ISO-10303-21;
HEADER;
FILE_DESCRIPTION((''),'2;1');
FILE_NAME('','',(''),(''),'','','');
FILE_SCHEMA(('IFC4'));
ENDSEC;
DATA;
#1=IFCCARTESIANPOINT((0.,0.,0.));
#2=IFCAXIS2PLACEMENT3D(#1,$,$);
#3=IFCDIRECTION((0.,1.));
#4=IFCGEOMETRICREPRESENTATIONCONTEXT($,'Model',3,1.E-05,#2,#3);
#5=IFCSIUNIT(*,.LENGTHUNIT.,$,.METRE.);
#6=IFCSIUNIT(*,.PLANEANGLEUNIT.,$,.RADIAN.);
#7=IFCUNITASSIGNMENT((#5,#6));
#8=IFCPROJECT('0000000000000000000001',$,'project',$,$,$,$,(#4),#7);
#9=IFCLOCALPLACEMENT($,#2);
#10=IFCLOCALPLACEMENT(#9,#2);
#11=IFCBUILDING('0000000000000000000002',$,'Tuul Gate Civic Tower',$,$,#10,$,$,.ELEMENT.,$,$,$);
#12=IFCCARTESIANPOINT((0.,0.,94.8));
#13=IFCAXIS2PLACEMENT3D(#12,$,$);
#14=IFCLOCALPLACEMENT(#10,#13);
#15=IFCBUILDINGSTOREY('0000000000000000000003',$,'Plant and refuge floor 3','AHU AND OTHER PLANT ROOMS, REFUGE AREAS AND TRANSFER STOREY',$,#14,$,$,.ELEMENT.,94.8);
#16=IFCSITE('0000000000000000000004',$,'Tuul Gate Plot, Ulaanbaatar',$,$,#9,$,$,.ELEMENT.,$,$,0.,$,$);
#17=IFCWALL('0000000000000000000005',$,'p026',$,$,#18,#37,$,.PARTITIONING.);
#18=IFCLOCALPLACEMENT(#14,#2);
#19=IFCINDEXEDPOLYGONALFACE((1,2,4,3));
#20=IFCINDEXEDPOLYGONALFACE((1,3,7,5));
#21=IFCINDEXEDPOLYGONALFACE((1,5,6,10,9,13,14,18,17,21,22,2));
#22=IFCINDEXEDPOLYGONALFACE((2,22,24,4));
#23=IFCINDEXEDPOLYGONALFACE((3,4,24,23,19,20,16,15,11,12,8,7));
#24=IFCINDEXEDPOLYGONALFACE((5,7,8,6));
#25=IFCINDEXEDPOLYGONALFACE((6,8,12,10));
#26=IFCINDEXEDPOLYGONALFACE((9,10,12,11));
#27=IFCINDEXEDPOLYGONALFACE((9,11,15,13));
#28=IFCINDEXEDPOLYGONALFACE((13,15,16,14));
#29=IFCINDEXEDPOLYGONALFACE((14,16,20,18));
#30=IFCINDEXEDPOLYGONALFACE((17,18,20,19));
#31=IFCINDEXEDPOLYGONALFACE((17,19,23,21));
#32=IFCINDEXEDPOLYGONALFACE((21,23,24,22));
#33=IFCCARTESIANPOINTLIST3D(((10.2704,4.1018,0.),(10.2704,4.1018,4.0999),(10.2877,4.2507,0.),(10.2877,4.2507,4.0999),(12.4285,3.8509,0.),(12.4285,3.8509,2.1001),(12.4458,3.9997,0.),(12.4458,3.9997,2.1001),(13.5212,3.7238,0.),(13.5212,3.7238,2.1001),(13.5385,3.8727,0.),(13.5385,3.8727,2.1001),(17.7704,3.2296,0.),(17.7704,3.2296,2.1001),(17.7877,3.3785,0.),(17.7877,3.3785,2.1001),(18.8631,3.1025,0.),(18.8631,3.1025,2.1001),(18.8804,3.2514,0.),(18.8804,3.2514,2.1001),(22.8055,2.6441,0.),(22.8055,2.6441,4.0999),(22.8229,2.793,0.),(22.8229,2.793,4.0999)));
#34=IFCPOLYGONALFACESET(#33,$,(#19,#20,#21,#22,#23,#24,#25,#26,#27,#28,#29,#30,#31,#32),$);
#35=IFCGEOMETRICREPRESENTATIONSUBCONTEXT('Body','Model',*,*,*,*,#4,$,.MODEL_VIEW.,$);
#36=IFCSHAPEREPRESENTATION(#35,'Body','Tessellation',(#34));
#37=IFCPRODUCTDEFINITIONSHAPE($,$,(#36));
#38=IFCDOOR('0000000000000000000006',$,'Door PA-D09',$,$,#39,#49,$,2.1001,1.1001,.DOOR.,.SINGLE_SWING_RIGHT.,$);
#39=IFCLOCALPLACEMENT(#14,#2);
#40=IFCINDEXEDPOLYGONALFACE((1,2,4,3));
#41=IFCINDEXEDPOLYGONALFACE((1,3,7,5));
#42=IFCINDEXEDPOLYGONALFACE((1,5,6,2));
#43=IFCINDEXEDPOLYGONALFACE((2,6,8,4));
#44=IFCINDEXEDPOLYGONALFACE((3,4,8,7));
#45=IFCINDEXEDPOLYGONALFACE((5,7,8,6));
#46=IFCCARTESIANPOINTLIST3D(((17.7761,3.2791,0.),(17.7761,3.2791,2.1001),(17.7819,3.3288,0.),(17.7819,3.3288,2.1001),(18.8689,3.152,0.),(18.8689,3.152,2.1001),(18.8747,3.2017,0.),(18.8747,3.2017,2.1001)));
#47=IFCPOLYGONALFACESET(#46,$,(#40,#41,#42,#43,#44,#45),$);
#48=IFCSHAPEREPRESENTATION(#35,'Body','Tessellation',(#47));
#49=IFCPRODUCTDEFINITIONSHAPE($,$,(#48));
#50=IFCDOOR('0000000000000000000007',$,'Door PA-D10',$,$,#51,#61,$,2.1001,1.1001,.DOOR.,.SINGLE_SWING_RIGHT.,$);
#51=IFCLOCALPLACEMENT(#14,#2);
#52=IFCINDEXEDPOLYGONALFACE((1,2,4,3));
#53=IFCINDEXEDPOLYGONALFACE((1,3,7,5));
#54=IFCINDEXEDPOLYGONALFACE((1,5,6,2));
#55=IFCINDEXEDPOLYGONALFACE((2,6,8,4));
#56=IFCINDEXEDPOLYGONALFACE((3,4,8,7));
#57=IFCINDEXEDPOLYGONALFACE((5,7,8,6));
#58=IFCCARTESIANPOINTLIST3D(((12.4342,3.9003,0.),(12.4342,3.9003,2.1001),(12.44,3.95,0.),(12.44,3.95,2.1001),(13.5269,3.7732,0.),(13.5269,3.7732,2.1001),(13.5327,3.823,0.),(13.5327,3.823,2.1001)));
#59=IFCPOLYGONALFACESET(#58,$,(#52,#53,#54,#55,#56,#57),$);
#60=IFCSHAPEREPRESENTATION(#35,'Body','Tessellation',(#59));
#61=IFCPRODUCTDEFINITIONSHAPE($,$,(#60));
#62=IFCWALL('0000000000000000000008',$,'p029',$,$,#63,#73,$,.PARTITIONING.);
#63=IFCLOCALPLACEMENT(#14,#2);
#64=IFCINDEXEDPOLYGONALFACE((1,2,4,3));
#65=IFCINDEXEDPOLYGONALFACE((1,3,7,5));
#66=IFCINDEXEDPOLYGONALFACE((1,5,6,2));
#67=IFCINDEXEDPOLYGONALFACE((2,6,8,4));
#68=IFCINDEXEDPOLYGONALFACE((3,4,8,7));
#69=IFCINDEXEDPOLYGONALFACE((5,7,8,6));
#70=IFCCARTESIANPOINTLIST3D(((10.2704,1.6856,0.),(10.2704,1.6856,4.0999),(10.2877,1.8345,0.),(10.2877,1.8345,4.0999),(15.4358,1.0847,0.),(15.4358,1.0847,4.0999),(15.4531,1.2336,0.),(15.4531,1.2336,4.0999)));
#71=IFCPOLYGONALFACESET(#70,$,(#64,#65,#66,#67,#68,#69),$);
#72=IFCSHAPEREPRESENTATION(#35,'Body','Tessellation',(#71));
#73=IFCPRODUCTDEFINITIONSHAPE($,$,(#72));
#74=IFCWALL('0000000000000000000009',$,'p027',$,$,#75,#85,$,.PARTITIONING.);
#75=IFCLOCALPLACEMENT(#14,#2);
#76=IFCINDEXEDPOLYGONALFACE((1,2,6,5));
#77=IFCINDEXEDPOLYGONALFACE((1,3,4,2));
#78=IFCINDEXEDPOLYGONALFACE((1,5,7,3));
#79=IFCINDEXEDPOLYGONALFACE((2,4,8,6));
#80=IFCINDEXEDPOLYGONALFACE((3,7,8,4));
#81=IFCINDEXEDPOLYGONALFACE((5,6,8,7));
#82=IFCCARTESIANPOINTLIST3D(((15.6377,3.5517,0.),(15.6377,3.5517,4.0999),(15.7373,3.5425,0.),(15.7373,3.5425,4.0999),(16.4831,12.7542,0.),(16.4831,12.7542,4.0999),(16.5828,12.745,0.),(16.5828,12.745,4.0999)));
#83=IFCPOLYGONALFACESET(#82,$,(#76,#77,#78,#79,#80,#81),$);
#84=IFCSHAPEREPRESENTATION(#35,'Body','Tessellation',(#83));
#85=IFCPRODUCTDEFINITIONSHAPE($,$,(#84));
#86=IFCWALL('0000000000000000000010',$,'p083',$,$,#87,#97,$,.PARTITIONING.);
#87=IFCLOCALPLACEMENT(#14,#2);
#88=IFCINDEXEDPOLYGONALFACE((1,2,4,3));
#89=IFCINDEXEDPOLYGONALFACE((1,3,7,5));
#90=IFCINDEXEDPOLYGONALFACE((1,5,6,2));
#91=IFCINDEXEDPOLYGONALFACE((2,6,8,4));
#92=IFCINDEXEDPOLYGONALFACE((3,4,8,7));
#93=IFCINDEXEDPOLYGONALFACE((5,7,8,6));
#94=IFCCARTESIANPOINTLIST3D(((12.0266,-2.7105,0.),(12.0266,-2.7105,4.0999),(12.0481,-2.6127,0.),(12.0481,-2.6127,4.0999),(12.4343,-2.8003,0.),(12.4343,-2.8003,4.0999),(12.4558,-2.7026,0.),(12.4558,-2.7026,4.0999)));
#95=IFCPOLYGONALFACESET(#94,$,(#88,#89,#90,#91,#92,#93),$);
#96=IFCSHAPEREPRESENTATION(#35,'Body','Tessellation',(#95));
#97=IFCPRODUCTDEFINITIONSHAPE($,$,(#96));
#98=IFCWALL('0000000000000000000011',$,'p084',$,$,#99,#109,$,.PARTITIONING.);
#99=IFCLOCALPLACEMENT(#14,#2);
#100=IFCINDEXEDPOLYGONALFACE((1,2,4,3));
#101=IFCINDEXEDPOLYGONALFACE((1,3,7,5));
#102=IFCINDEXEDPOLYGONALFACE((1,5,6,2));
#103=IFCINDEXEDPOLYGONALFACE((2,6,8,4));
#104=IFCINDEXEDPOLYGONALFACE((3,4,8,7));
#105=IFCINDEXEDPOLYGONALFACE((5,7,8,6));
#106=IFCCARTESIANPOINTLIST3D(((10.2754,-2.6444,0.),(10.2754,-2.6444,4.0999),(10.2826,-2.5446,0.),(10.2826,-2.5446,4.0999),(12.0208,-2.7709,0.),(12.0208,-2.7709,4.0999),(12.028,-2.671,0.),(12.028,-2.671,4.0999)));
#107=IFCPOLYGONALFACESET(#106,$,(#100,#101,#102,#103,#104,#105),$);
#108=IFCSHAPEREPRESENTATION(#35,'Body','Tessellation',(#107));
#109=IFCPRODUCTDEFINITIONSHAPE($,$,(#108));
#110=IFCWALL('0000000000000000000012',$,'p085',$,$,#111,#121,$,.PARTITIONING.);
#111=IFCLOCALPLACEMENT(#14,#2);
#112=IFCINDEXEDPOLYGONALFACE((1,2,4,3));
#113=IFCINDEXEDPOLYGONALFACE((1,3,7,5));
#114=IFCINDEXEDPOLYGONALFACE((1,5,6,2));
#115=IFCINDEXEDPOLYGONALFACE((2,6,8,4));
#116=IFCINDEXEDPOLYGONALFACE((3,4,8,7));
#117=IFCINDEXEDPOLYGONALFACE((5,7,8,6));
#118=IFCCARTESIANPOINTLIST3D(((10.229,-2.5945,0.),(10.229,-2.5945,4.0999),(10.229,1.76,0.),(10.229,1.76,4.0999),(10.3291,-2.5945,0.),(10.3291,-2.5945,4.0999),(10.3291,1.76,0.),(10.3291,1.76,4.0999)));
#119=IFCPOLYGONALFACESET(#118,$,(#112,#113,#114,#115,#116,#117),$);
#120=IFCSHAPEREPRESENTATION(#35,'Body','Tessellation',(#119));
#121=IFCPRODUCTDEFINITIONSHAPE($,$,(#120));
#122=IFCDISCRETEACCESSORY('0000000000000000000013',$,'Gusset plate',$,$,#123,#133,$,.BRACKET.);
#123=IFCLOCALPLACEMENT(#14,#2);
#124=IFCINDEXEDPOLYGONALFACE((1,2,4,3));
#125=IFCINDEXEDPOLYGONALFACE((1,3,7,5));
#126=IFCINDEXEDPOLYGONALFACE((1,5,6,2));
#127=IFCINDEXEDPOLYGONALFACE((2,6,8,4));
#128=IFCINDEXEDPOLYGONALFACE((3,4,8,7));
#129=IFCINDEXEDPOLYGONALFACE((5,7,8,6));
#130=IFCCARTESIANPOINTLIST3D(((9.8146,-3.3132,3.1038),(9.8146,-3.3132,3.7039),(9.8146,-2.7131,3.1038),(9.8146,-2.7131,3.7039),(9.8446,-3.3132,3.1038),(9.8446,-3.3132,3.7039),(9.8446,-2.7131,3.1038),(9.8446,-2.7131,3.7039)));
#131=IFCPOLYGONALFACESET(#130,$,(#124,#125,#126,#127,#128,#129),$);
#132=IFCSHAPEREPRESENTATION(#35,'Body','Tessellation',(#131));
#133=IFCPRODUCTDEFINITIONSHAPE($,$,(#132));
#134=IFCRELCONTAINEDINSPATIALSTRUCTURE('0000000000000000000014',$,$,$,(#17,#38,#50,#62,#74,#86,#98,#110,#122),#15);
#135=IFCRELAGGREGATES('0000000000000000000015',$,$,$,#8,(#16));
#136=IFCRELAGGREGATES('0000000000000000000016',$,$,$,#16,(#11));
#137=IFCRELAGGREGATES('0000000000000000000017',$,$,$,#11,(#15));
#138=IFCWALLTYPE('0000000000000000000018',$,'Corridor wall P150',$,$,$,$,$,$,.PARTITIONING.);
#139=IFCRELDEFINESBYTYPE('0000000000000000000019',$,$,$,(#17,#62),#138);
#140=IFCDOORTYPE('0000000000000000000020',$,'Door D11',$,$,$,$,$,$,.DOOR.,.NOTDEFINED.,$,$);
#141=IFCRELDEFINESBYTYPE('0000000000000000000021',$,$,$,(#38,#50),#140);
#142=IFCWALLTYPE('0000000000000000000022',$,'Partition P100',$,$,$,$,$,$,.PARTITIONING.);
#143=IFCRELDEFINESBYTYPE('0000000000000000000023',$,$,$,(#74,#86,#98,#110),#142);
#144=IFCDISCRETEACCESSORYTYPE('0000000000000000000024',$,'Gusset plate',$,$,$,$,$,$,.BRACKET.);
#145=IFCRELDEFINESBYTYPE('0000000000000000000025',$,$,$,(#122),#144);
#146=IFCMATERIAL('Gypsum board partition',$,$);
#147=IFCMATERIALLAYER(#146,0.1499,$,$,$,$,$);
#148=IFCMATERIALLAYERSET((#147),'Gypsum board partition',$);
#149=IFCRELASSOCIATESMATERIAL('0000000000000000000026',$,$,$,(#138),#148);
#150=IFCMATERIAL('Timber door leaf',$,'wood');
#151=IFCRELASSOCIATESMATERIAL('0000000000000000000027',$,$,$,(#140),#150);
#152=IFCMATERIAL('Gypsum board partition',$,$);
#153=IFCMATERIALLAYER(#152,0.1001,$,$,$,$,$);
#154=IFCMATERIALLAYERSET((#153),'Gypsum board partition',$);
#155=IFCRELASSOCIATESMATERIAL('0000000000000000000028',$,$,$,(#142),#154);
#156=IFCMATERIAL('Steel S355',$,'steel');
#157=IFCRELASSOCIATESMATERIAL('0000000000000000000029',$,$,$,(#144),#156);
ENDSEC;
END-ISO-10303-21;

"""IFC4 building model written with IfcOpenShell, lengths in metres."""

from ifc_helpers import new_model, si_unit, direction, frame, frame_2d, origin, origin_2d, place, context, subcontext, project, spatial, rectangle, extrude, material, layer, layer_set, type_object, element, fill, save


model = new_model("IFC4")

# Units and contexts
model_context = context("Model", 3, precision=1e-05, world=origin(), true_north=direction((0.0, 1.0)))
body_context = subcontext(model_context, "Body", "Model", "MODEL_VIEW")
ifc_project = project(units=[si_unit("LENGTHUNIT", "METRE"), si_unit("PLANEANGLEUNIT", "RADIAN")], contexts=[model_context])

# Site, building, storey
site_placement = place(None, origin())
site = spatial("IfcSite", under=ifc_project, at=site_placement, Name="Tuul Gate Plot, Ulaanbaatar", CompositionType="ELEMENT", RefElevation=0.0)
building_placement = place(site_placement, origin())
building = spatial("IfcBuilding", under=site, at=building_placement, Name="Tuul Gate Civic Tower", CompositionType="ELEMENT")
storey_placement = place(building_placement, frame((0.0, 0.0, 94.8)))
storey = spatial("IfcBuildingStorey", under=building, at=storey_placement, Name="Plant and refuge floor 3", Description="AHU AND OTHER PLANT ROOMS, REFUGE AREAS AND TRANSFER STOREY", CompositionType="ELEMENT", Elevation=94.8)

# Shared definitions
ifc_material_1 = material(Name="Gypsum board partition")
ifc_layer_1 = layer(ifc_material_1, 0.1499)
ifc_layer_set_1 = layer_set([ifc_layer_1], Name="Gypsum board partition")
wall_type_1 = type_object("IfcWallType", Name="Corridor wall P150", PredefinedType="PARTITIONING", material=ifc_layer_set_1)
ifc_material_2 = material(Name="Timber door leaf", Category="wood")
door_type = type_object("IfcDoorType", Name="Door D11", OperationType="NOTDEFINED", PredefinedType="DOOR", material=ifc_material_2)

# Wall, openings, doors
wall_1_placement = place(storey_placement, frame((10.2791, 4.1763, 0.0), z_axis=(0.0, 0.0, 1.0), x_axis=(0.993306, -0.115516, 0.0)))
wall_1 = element("IfcWall", 1, at=wall_1_placement, inside=storey, type_object=wall_type_1, Name="p026", PredefinedType="PARTITIONING", context=body_context, shape_type="SweptSolid", body=[
    extrude(rectangle(XDim=12.6196, YDim=0.1499, at=frame_2d((6.3098, 0.0))), origin(), (0.0, 0.0, 1.0), 4.0999),
])
opening_1_placement = place(wall_1_placement, frame((7.5505, 0.0, 0.0)))
opening_1 = element("IfcOpeningElement", 2, at=opening_1_placement, cuts=wall_1, PredefinedType="OPENING", context=body_context, shape_type="SweptSolid", body=[
    extrude(rectangle(XDim=1.1001, YDim=2.1001, at=frame_2d((0.55, 1.05))), frame((0.0, 0.085, 0.0), z_axis=(0.0, -1.0, 0.0), x_axis=(1.0, 0.0, 0.0)), (0.0, 0.0, 1.0), 0.1699),
])
opening_2_placement = place(wall_1_placement, frame((2.1726, 0.0, 0.0)))
opening_2 = element("IfcOpeningElement", 3, at=opening_2_placement, cuts=wall_1, PredefinedType="OPENING", context=body_context, shape_type="SweptSolid", body=[
    extrude(rectangle(XDim=1.1001, YDim=2.1001, at=frame_2d((0.55, 1.05))), frame((0.0, 0.085, 0.0), z_axis=(0.0, -1.0, 0.0), x_axis=(1.0, 0.0, 0.0)), (0.0, 0.0, 1.0), 0.1699),
])
door_1_placement = place(opening_1_placement, origin())
door_1 = element("IfcDoor", 4, at=door_1_placement, inside=storey, type_object=door_type, Name="Door PA-D09", OperationType="SINGLE_SWING_RIGHT", OverallHeight=2.1001, OverallWidth=1.1001, PredefinedType="DOOR", context=body_context, shape_type="SweptSolid", body=[
    extrude(rectangle(XDim=1.1001, YDim=2.1001, at=frame_2d((0.55, 1.05))), frame((0.0, 0.0249, 0.0), z_axis=(0.0, -1.0, 0.0), x_axis=(1.0, 0.0, 0.0)), (0.0, 0.0, 1.0), 0.05),
])
fill(opening_1, door_1)
door_2_placement = place(opening_2_placement, origin())
door_2 = element("IfcDoor", 5, at=door_2_placement, inside=storey, type_object=door_type, Name="Door PA-D10", OperationType="SINGLE_SWING_RIGHT", OverallHeight=2.1001, OverallWidth=1.1001, PredefinedType="DOOR", context=body_context, shape_type="SweptSolid", body=[
    extrude(rectangle(XDim=1.1001, YDim=2.1001, at=frame_2d((0.55, 1.05))), frame((0.0, 0.0249, 0.0), z_axis=(0.0, -1.0, 0.0), x_axis=(1.0, 0.0, 0.0)), (0.0, 0.0, 1.0), 0.05),
])
fill(opening_2, door_2)

# Walls
wall_2_placement = place(storey_placement, frame((10.2791, 1.76, 0.0), z_axis=(0.0, 0.0, 1.0), x_axis=(0.993303, -0.115542, 0.0)))
element("IfcWall", 6, at=wall_2_placement, inside=storey, type_object=wall_type_1, Name="p029", PredefinedType="PARTITIONING", context=body_context, shape_type="SweptSolid", body=[
    extrude(rectangle(XDim=5.2002, YDim=0.1499, at=frame_2d((2.6001, 0.0))), origin(), (0.0, 0.0, 1.0), 4.0999),
])
ifc_material_3 = material(Name="Gypsum board partition")
ifc_layer_2 = layer(ifc_material_3, 0.1001)
ifc_layer_set_2 = layer_set([ifc_layer_2], Name="Gypsum board partition")
wall_type_2 = type_object("IfcWallType", Name="Partition P100", PredefinedType="PARTITIONING", material=ifc_layer_set_2)
wall_3_placement = place(storey_placement, frame((15.6875, 3.5471, 0.0), z_axis=(0.0, 0.0, 1.0), x_axis=(0.091489, 0.995806, 0.0)))
element("IfcWall", 7, at=wall_3_placement, inside=storey, type_object=wall_type_2, Name="p027", PredefinedType="PARTITIONING", context=body_context, shape_type="SweptSolid", body=[
    extrude(rectangle(XDim=9.2412, YDim=0.1001, at=frame_2d((4.6206, 0.0))), origin(), (0.0, 0.0, 1.0), 4.0999),
])
wall_4_placement = place(storey_placement, frame((12.4451, -2.7515, 0.0), z_axis=(0.0, 0.0, 1.0), x_axis=(-0.976571, 0.215196, 0.0)))
element("IfcWall", 8, at=wall_4_placement, inside=storey, type_object=wall_type_2, Name="p083", PredefinedType="PARTITIONING", context=body_context, shape_type="SweptSolid", body=[
    extrude(rectangle(XDim=0.4175, YDim=0.1001, at=frame_2d((0.2087, 0.0))), origin(), (0.0, 0.0, 1.0), 4.0999),
])
wall_5_placement = place(storey_placement, frame((12.0244, -2.7209, 0.0), z_axis=(0.0, 0.0, 1.0), x_axis=(-0.997385, 0.072268, 0.0)))
element("IfcWall", 9, at=wall_5_placement, inside=storey, type_object=wall_type_2, Name="p084", PredefinedType="PARTITIONING", context=body_context, shape_type="SweptSolid", body=[
    extrude(rectangle(XDim=1.75, YDim=0.1001, at=frame_2d((0.875, 0.0))), origin(), (0.0, 0.0, 1.0), 4.0999),
])
wall_6_placement = place(storey_placement, frame((10.2791, -2.5945, 0.0), z_axis=(0.0, 0.0, 1.0), x_axis=(0.0, 1.0, 0.0)))
element("IfcWall", 10, at=wall_6_placement, inside=storey, type_object=wall_type_2, Name="p085", PredefinedType="PARTITIONING", context=body_context, shape_type="SweptSolid", body=[
    extrude(rectangle(XDim=4.3545, YDim=0.1001, at=frame_2d((2.1772, 0.0))), origin(), (0.0, 0.0, 1.0), 4.0999),
])

# Discrete accessory
ifc_material_4 = material(Name="Steel S355", Category="steel")
discrete_accessory_type = type_object("IfcDiscreteAccessoryType", Name="Gusset plate", PredefinedType="BRACKET", material=ifc_material_4)
discrete_accessory_placement = place(storey_placement, frame((9.8296, -3.0132, 3.1038), z_axis=(0.0, 0.0, 1.0), x_axis=(0.0, 1.0, 0.0)))
element("IfcDiscreteAccessory", 11, at=discrete_accessory_placement, inside=storey, type_object=discrete_accessory_type, Name="Gusset plate", PredefinedType="BRACKET", context=body_context, shape_type="SweptSolid", body=[
    extrude(rectangle(XDim=0.6001, YDim=0.03, at=origin_2d()), origin(), (0.0, 0.0, 1.0), 0.6001),
])

save(model, "model.ifc")
